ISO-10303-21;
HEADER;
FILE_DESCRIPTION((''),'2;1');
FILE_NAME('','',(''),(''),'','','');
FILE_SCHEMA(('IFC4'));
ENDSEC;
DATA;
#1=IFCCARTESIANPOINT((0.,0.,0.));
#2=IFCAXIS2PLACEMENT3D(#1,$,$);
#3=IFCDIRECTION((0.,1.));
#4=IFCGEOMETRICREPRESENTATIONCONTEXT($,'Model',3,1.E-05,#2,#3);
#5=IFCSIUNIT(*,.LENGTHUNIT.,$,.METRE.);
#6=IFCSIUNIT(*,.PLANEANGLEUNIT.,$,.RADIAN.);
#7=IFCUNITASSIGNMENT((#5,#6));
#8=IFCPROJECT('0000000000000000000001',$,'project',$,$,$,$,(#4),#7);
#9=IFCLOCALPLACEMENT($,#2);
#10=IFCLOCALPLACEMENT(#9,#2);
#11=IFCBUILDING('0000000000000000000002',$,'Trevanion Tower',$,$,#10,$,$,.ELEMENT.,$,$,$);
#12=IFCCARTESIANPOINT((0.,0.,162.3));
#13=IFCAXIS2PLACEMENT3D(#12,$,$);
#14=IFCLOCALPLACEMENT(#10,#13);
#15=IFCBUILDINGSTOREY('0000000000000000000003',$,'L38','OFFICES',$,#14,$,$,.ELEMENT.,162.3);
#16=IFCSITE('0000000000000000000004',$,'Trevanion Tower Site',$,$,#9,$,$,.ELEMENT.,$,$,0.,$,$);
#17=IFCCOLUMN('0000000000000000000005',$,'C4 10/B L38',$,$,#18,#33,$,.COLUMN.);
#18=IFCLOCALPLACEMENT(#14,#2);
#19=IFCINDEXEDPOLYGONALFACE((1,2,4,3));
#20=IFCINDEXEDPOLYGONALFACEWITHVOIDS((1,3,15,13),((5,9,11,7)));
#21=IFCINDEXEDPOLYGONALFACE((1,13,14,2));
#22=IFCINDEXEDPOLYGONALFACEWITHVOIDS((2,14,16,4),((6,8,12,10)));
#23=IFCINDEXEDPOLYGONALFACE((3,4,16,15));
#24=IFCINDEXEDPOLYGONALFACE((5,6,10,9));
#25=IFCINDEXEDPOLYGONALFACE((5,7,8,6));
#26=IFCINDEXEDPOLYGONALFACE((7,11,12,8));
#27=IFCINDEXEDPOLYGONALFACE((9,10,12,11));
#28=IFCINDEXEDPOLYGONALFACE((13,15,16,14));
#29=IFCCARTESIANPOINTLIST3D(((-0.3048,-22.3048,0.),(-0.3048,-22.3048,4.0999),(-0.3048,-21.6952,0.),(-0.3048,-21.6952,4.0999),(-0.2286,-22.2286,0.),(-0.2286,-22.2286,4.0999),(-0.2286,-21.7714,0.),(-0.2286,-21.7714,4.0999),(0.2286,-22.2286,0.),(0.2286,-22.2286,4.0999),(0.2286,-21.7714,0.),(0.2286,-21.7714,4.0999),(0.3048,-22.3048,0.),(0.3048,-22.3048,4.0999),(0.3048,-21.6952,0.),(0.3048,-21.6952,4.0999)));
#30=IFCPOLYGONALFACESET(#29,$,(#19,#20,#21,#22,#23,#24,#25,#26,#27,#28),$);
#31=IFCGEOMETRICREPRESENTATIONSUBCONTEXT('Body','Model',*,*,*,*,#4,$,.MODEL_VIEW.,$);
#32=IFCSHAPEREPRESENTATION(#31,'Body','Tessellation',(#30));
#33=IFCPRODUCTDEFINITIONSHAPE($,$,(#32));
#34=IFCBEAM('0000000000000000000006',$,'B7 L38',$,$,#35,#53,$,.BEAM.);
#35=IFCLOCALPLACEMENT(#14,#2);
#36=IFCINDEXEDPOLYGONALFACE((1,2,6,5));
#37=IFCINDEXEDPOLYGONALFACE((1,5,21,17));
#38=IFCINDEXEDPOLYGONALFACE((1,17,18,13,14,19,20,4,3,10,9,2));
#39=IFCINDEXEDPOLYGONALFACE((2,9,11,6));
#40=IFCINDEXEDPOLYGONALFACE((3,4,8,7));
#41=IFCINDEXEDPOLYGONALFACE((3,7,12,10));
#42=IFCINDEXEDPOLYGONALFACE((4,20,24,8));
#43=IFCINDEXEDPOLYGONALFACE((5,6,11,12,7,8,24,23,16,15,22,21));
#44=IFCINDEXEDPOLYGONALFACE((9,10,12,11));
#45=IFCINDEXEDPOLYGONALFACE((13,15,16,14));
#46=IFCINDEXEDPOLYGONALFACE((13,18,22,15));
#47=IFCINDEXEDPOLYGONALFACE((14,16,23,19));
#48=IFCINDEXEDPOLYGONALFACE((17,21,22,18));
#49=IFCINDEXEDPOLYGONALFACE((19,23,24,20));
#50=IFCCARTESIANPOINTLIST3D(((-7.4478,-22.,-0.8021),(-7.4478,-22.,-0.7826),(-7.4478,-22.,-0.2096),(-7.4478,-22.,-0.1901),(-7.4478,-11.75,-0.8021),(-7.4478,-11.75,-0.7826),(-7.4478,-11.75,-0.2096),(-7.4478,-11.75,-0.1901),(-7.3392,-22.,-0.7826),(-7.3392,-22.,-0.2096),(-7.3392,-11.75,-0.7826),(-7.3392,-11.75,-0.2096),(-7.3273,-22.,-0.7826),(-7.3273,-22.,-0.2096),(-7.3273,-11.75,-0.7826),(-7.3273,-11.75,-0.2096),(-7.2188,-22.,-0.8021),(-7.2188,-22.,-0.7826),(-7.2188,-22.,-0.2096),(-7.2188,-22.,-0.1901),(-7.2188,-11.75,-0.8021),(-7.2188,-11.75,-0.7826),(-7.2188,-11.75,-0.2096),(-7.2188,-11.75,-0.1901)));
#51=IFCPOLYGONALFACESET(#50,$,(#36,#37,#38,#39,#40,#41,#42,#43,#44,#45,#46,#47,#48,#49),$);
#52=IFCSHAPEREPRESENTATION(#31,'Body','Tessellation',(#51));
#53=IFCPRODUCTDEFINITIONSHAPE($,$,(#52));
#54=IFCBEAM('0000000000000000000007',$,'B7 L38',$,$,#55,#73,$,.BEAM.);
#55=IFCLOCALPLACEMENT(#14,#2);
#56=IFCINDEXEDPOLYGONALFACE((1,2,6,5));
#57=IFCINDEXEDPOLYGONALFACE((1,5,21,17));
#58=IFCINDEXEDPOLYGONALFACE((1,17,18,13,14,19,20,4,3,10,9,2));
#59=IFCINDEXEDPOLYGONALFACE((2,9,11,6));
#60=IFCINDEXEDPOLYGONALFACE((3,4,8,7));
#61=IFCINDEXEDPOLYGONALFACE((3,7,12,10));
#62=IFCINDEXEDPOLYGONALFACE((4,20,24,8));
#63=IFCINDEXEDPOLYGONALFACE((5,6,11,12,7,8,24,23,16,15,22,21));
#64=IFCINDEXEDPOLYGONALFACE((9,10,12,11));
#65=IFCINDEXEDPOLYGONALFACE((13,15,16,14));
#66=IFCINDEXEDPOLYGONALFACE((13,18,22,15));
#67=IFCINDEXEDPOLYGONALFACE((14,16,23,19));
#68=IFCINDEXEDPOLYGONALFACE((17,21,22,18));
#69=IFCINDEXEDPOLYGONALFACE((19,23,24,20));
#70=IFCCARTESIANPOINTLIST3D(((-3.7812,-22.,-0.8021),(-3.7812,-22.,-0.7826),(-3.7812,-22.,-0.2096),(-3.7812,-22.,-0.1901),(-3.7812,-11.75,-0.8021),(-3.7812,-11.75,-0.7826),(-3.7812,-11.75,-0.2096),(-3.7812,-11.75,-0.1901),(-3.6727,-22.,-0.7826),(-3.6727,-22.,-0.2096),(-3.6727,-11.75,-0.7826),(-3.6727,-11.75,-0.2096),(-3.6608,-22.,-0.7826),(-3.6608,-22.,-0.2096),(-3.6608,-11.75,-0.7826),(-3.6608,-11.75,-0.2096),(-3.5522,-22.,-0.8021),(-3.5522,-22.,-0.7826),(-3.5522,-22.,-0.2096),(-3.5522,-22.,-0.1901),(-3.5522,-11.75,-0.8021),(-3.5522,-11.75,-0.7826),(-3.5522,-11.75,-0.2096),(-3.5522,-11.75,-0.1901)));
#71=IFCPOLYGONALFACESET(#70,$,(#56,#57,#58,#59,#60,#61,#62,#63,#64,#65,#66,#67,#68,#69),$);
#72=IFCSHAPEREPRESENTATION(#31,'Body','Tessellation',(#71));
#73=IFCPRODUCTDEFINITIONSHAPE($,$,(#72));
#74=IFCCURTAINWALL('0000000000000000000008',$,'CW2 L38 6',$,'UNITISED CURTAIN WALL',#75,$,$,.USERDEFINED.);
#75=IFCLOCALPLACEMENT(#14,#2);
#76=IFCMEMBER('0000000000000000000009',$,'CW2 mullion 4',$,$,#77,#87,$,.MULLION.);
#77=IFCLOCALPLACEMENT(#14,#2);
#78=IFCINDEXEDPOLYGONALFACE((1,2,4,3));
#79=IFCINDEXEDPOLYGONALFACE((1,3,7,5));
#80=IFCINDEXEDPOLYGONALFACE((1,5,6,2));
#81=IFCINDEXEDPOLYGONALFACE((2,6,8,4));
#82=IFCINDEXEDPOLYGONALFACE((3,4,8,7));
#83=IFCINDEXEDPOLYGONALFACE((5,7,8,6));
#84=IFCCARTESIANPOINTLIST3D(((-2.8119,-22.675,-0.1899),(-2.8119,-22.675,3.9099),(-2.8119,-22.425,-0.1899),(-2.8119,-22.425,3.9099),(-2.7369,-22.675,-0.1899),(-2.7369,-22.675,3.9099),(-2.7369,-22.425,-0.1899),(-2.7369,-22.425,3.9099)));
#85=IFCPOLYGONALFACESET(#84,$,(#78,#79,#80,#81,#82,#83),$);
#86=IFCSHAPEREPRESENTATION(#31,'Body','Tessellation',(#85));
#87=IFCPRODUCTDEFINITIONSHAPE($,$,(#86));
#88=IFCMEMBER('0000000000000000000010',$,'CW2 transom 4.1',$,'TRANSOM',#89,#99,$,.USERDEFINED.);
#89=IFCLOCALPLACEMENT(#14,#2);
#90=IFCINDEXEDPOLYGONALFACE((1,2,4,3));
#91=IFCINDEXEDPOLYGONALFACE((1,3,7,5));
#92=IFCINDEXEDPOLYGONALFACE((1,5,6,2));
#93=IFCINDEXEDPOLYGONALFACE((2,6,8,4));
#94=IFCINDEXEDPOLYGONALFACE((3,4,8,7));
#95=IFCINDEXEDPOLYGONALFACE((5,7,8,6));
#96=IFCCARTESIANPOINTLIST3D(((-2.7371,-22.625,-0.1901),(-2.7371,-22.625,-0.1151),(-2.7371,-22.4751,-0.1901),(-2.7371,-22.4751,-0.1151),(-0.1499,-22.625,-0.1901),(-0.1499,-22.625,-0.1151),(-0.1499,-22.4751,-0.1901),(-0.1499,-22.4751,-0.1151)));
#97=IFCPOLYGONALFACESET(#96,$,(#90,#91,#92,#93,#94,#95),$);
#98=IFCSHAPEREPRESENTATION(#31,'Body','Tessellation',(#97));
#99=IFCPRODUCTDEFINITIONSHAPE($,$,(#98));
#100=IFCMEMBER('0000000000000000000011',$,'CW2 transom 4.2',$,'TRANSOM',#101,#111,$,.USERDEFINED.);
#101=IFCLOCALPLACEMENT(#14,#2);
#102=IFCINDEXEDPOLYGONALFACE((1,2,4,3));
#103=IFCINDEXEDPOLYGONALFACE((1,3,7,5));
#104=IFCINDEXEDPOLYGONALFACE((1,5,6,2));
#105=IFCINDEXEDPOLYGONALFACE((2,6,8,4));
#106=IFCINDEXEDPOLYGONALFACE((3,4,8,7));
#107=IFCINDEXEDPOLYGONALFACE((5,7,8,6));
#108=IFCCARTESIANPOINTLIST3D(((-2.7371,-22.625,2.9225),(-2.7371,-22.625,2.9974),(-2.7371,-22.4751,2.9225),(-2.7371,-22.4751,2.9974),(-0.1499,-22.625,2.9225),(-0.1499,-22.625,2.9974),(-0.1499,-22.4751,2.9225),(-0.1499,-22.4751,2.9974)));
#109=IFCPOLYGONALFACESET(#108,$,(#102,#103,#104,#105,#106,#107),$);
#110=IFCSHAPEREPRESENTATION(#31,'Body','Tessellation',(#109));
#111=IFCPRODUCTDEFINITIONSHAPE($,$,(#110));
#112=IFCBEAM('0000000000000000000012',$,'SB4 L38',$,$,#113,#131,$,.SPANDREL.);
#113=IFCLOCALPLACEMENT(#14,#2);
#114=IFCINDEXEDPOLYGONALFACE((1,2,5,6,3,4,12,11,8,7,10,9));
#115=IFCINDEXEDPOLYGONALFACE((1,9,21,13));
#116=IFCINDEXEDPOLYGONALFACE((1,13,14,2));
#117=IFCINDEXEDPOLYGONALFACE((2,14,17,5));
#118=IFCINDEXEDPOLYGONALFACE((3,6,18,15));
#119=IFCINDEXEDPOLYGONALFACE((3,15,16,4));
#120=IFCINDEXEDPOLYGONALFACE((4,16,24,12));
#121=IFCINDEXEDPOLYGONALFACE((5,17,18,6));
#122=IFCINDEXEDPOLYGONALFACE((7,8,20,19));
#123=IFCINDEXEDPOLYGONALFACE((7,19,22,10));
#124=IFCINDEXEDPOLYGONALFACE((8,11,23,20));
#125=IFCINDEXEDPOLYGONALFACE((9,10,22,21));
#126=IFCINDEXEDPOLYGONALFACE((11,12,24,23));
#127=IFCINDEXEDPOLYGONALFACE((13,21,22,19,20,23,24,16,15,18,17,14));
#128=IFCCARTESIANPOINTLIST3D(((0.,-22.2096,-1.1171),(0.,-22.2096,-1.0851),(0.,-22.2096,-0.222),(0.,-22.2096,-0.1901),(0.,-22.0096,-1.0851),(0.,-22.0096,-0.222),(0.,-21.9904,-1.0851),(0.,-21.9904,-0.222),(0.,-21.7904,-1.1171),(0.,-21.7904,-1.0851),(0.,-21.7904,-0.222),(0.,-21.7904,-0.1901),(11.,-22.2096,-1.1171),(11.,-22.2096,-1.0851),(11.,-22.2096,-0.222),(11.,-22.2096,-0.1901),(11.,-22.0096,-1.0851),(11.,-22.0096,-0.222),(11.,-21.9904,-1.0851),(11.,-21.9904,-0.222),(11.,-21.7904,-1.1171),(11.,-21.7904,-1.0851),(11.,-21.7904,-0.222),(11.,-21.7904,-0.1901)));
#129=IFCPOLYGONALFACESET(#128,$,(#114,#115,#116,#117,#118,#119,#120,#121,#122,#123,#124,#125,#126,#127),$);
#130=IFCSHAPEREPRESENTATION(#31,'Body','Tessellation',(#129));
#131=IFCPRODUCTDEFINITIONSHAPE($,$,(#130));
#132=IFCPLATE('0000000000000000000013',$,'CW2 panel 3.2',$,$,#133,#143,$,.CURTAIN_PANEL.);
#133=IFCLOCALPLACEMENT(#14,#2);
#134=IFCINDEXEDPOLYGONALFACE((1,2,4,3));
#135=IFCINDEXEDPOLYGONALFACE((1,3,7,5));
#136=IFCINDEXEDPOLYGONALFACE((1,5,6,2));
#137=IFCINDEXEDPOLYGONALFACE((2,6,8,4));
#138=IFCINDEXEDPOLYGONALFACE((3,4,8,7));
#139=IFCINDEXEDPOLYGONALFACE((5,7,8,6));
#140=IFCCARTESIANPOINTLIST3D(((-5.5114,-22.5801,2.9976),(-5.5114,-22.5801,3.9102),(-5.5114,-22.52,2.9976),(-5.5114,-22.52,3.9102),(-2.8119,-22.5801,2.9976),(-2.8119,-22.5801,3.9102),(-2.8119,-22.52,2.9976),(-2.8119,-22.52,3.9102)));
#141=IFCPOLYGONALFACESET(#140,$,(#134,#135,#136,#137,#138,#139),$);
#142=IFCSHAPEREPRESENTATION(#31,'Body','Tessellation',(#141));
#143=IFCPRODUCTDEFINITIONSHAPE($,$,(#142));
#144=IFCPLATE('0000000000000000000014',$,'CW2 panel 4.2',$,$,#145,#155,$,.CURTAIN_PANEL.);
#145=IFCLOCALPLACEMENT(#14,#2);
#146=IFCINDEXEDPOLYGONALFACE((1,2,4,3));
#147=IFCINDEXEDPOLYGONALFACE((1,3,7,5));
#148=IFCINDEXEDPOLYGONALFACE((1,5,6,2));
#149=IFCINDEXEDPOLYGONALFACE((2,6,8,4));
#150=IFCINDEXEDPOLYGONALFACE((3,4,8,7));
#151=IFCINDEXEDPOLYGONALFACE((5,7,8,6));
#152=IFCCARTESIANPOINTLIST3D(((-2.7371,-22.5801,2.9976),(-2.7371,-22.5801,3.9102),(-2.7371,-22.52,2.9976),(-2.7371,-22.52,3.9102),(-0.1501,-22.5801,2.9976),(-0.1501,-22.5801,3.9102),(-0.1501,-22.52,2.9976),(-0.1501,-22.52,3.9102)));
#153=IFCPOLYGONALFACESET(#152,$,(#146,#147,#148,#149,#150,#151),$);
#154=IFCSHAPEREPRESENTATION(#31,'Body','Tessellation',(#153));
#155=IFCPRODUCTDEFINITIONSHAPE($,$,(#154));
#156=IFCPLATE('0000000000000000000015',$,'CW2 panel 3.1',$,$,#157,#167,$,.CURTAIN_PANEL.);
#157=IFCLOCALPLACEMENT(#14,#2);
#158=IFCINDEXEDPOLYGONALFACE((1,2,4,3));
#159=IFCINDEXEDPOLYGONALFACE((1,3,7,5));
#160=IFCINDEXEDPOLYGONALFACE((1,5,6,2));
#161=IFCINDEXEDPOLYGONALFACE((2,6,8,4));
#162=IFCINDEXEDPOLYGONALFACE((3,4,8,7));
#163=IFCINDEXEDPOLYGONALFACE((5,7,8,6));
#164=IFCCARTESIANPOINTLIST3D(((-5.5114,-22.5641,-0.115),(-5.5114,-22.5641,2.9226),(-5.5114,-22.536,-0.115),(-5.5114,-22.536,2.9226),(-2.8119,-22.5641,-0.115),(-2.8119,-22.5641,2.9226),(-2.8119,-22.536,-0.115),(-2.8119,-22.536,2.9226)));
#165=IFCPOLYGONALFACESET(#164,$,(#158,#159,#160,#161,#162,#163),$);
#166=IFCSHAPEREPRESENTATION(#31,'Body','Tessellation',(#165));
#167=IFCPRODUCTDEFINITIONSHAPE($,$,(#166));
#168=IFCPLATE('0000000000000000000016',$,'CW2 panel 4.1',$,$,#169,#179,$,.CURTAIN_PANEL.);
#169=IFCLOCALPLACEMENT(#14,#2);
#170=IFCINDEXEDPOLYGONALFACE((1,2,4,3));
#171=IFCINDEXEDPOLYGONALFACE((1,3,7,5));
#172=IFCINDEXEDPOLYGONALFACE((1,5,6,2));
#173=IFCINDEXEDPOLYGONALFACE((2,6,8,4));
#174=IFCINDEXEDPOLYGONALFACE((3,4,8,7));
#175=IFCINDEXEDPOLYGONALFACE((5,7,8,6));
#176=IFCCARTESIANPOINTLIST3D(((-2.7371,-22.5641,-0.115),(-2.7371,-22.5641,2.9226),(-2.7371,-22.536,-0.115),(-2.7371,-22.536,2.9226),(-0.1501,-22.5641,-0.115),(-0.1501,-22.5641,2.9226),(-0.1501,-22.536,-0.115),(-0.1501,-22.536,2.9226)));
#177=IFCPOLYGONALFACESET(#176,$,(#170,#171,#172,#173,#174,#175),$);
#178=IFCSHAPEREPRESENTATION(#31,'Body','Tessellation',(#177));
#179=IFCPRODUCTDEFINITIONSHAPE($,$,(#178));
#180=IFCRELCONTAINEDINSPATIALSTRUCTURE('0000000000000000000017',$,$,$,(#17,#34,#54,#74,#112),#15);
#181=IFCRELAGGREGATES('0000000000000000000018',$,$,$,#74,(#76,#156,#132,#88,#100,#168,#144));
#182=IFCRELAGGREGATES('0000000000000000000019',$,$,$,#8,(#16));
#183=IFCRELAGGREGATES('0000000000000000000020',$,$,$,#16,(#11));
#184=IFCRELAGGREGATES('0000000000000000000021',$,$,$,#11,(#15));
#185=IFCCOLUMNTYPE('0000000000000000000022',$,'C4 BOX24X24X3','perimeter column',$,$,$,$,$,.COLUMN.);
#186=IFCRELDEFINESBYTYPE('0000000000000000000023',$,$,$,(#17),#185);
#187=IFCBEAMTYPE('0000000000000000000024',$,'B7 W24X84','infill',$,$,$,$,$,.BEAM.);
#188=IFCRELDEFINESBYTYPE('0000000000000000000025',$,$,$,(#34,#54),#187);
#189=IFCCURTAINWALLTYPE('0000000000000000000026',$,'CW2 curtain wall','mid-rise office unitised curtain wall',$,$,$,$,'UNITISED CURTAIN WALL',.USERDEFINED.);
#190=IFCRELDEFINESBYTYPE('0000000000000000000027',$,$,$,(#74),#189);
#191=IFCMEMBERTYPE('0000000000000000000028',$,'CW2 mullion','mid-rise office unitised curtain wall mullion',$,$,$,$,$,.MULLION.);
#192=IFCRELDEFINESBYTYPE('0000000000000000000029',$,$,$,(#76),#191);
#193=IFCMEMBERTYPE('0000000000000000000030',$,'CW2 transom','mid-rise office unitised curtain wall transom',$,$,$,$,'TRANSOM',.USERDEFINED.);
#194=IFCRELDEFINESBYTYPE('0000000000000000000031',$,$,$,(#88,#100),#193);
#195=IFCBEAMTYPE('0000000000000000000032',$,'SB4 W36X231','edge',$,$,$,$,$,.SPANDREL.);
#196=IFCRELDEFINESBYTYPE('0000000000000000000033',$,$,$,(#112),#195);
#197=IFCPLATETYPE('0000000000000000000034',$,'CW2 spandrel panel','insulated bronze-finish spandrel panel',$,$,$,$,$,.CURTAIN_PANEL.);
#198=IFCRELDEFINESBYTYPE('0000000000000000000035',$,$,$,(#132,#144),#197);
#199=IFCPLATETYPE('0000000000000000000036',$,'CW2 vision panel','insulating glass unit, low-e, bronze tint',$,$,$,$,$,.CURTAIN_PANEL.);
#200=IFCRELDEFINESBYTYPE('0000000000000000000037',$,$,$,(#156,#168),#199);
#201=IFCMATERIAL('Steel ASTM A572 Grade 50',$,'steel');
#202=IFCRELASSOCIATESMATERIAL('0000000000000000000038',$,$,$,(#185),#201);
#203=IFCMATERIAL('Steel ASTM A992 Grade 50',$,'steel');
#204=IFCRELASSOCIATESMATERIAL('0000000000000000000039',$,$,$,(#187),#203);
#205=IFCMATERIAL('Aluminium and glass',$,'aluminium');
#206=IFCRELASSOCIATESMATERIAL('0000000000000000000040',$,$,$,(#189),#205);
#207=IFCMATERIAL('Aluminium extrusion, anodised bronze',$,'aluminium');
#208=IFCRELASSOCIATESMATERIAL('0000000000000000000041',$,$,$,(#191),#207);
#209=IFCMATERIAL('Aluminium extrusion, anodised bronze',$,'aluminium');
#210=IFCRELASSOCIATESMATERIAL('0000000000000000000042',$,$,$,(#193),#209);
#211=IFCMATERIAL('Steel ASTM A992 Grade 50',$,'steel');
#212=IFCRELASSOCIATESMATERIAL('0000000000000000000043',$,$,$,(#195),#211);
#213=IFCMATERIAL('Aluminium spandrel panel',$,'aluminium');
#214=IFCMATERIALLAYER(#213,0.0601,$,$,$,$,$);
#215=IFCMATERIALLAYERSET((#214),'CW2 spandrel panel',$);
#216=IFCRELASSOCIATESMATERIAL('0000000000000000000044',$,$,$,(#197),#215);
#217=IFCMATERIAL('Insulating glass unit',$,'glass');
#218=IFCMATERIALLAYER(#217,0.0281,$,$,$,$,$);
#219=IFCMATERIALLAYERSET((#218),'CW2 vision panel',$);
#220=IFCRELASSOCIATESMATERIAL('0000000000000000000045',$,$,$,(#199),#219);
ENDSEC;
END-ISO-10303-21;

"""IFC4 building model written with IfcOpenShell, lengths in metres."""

from ifc_helpers import new_model, si_unit, direction, frame, origin, origin_2d, place, context, subcontext, project, spatial, rectangle, hollow_rectangle, i_section, extrude, material, layer, layer_set, material_profile, profile_set, type_object, element, aggregate, save


model = new_model("IFC4")

# Units and contexts
model_context = context("Model", 3, precision=1e-05, world=origin(), true_north=direction((0.0, 1.0)))
body_context = subcontext(model_context, "Body", "Model", "MODEL_VIEW")
ifc_project = project(units=[si_unit("LENGTHUNIT", "METRE"), si_unit("PLANEANGLEUNIT", "RADIAN")], contexts=[model_context])

# Site, building, storey
site_placement = place(None, origin())
site = spatial("IfcSite", under=ifc_project, at=site_placement, Name="Trevanion Tower Site", CompositionType="ELEMENT", RefElevation=0.0)
building_placement = place(site_placement, origin())
building = spatial("IfcBuilding", under=site, at=building_placement, Name="Trevanion Tower", CompositionType="ELEMENT")
storey_placement = place(building_placement, frame((0.0, 0.0, 162.3)))
storey = spatial("IfcBuildingStorey", under=building, at=storey_placement, Name="L38", Description="OFFICES", CompositionType="ELEMENT", Elevation=162.3)

# Column
ifc_material_1 = material(Name="Steel ASTM A572 Grade 50", Category="steel")
ifc_material_profile_1 = material_profile(ifc_material_1, hollow_rectangle(XDim=0.6096, YDim=0.6096, WallThickness=0.0762, at=origin_2d()), Name="BOX24X24X3")
ifc_profile_set_1 = profile_set([ifc_material_profile_1], Name="Steel ASTM A572 Grade 50")
column_type = type_object("IfcColumnType", Name="C4 BOX24X24X3", Description="perimeter column", PredefinedType="COLUMN", material=ifc_profile_set_1)
column_placement = place(storey_placement, frame((0.0, -22.0, 0.0), z_axis=(0.0, 0.0, 1.0), x_axis=(1.0, 0.0, 0.0)))
element("IfcColumn", 1, at=column_placement, inside=storey, type_object=column_type, Name="C4 10/B L38", PredefinedType="COLUMN", context=body_context, shape_type="SweptSolid", body=[
    extrude(hollow_rectangle(XDim=0.6096, YDim=0.6096, WallThickness=0.0762, at=origin_2d()), origin(), (0.0, 0.0, 1.0), 4.0999),
])

# Beams
ifc_material_2 = material(Name="Steel ASTM A992 Grade 50", Category="steel")
ifc_material_profile_2 = material_profile(ifc_material_2, i_section(OverallWidth=0.229, OverallDepth=0.6121, WebThickness=0.012, FlangeThickness=0.0195, at=origin_2d()), Name="W24X84")
ifc_profile_set_2 = profile_set([ifc_material_profile_2], Name="Steel ASTM A992 Grade 50")
beam_type_1 = type_object("IfcBeamType", Name="B7 W24X84", Description="infill", PredefinedType="BEAM", material=ifc_profile_set_2)
for number, where, z_axis, x_axis, name in (
    (2, (-7.3333, -11.75, -0.4961), (0.0, -1.0, 0.0), (1.0, 0.0, 0.0), "B7 L38"),
    (3, (-3.6667, -11.75, -0.4961), (0.0, -1.0, 0.0), (1.0, 0.0, 0.0), "B7 L38"),
):
    element("IfcBeam", number, at=place(storey_placement, frame(where, z_axis=z_axis, x_axis=x_axis)), inside=storey, type_object=beam_type_1, Name=name, PredefinedType="BEAM", context=body_context, shape_type="SweptSolid", body=[
        extrude(i_section(OverallWidth=0.229, OverallDepth=0.6121, WebThickness=0.012, FlangeThickness=0.0195, at=origin_2d()), origin(), (0.0, 0.0, 1.0), 10.25),
    ])

# Curtain wall, members
ifc_material_3 = material(Name="Aluminium and glass", Category="aluminium")
curtain_wall_type = type_object("IfcCurtainWallType", Name="CW2 curtain wall", Description="mid-rise office unitised curtain wall", ElementType="UNITISED CURTAIN WALL", PredefinedType="USERDEFINED", material=ifc_material_3)
curtain_wall_placement = place(storey_placement, origin())
curtain_wall = element("IfcCurtainWall", 4, at=curtain_wall_placement, inside=storey, type_object=curtain_wall_type, Name="CW2 L38 6", ObjectType="UNITISED CURTAIN WALL", PredefinedType="USERDEFINED")
ifc_material_4 = material(Name="Aluminium extrusion, anodised bronze", Category="aluminium")
ifc_material_profile_3 = material_profile(ifc_material_4, rectangle(XDim=0.075, YDim=0.25, at=origin_2d()), Name="CW2 mullion")
ifc_profile_set_3 = profile_set([ifc_material_profile_3], Name="Aluminium extrusion, anodised bronze")
member_type_1 = type_object("IfcMemberType", Name="CW2 mullion", Description="mid-rise office unitised curtain wall mullion", PredefinedType="MULLION", material=ifc_profile_set_3)
member_1_placement = place(storey_placement, frame((-2.7744, -22.55, -0.1899), z_axis=(0.0, 0.0, 1.0), x_axis=(1.0, 0.0, 0.0)))
member_1 = element("IfcMember", 5, at=member_1_placement, type_object=member_type_1, Name="CW2 mullion 4", PredefinedType="MULLION", context=body_context, shape_type="SweptSolid", body=[
    extrude(rectangle(XDim=0.075, YDim=0.25, at=origin_2d()), origin(), (0.0, 0.0, 1.0), 4.0999),
])
ifc_material_5 = material(Name="Aluminium extrusion, anodised bronze", Category="aluminium")
ifc_material_profile_4 = material_profile(ifc_material_5, rectangle(XDim=0.1499, YDim=0.075, at=origin_2d()), Name="CW2 transom")
ifc_profile_set_4 = profile_set([ifc_material_profile_4], Name="Aluminium extrusion, anodised bronze")
member_type_2 = type_object("IfcMemberType", Name="CW2 transom", Description="mid-rise office unitised curtain wall transom", ElementType="TRANSOM", PredefinedType="USERDEFINED", material=ifc_profile_set_4)
member_2_placement = place(storey_placement, frame((-2.7371, -22.55, -0.1526), z_axis=(1.0, 0.0, 0.0), x_axis=(0.0, 1.0, 0.0)))
member_2 = element("IfcMember", 6, at=member_2_placement, type_object=member_type_2, Name="CW2 transom 4.1", ObjectType="TRANSOM", PredefinedType="USERDEFINED", context=body_context, shape_type="SweptSolid", body=[
    extrude(rectangle(XDim=0.1499, YDim=0.075, at=origin_2d()), origin(), (0.0, 0.0, 1.0), 2.5872),
])
member_3_placement = place(storey_placement, frame((-2.7371, -22.55, 2.96), z_axis=(1.0, 0.0, 0.0), x_axis=(0.0, 1.0, 0.0)))
member_3 = element("IfcMember", 7, at=member_3_placement, type_object=member_type_2, Name="CW2 transom 4.2", ObjectType="TRANSOM", PredefinedType="USERDEFINED", context=body_context, shape_type="SweptSolid", body=[
    extrude(rectangle(XDim=0.1499, YDim=0.075, at=origin_2d()), origin(), (0.0, 0.0, 1.0), 2.5872),
])

# Beam
ifc_material_6 = material(Name="Steel ASTM A992 Grade 50", Category="steel")
ifc_material_profile_5 = material_profile(ifc_material_6, i_section(OverallWidth=0.4192, OverallDepth=0.927, WebThickness=0.0193, FlangeThickness=0.032, at=origin_2d()), Name="W36X231")
ifc_profile_set_5 = profile_set([ifc_material_profile_5], Name="Steel ASTM A992 Grade 50")
beam_type_2 = type_object("IfcBeamType", Name="SB4 W36X231", Description="edge", PredefinedType="SPANDREL", material=ifc_profile_set_5)
beam_placement = place(storey_placement, frame((0.0, -22.0, -0.6536), z_axis=(1.0, 0.0, 0.0), x_axis=(0.0, 1.0, 0.0)))
element("IfcBeam", 8, at=beam_placement, inside=storey, type_object=beam_type_2, Name="SB4 L38", PredefinedType="SPANDREL", context=body_context, shape_type="SweptSolid", body=[
    extrude(i_section(OverallWidth=0.4192, OverallDepth=0.927, WebThickness=0.0193, FlangeThickness=0.032, at=origin_2d()), origin(), (0.0, 0.0, 1.0), 11.0),
])

# Plates
ifc_material_7 = material(Name="Aluminium spandrel panel", Category="aluminium")
ifc_layer_1 = layer(ifc_material_7, 0.0601)
ifc_layer_set_1 = layer_set([ifc_layer_1], Name="CW2 spandrel panel")
plate_type_1 = type_object("IfcPlateType", Name="CW2 spandrel panel", Description="insulated bronze-finish spandrel panel", PredefinedType="CURTAIN_PANEL", material=ifc_layer_set_1)
plate_1_placement = place(storey_placement, frame((-4.1616, -22.55, 2.9976), z_axis=(0.0, 0.0, 1.0), x_axis=(1.0, 0.0, 0.0)))
plate_1 = element("IfcPlate", 9, at=plate_1_placement, type_object=plate_type_1, Name="CW2 panel 3.2", PredefinedType="CURTAIN_PANEL", context=body_context, shape_type="SweptSolid", body=[
    extrude(rectangle(XDim=2.6995, YDim=0.0601, at=origin_2d()), origin(), (0.0, 0.0, 1.0), 0.9126),
])
plate_2_placement = place(storey_placement, frame((-1.4436, -22.55, 2.9976), z_axis=(0.0, 0.0, 1.0), x_axis=(1.0, 0.0, 0.0)))
plate_2 = element("IfcPlate", 10, at=plate_2_placement, type_object=plate_type_1, Name="CW2 panel 4.2", PredefinedType="CURTAIN_PANEL", context=body_context, shape_type="SweptSolid", body=[
    extrude(rectangle(XDim=2.5869, YDim=0.0601, at=origin_2d()), origin(), (0.0, 0.0, 1.0), 0.9126),
])
ifc_material_8 = material(Name="Insulating glass unit", Category="glass")
ifc_layer_2 = layer(ifc_material_8, 0.0281)
ifc_layer_set_2 = layer_set([ifc_layer_2], Name="CW2 vision panel")
plate_type_2 = type_object("IfcPlateType", Name="CW2 vision panel", Description="insulating glass unit, low-e, bronze tint", PredefinedType="CURTAIN_PANEL", material=ifc_layer_set_2)
plate_3_placement = place(storey_placement, frame((-4.1616, -22.55, -0.115), z_axis=(0.0, 0.0, 1.0), x_axis=(1.0, 0.0, 0.0)))
plate_3 = element("IfcPlate", 11, at=plate_3_placement, type_object=plate_type_2, Name="CW2 panel 3.1", PredefinedType="CURTAIN_PANEL", context=body_context, shape_type="SweptSolid", body=[
    extrude(rectangle(XDim=2.6995, YDim=0.0281, at=origin_2d()), origin(), (0.0, 0.0, 1.0), 3.0376),
])
plate_4_placement = place(storey_placement, frame((-1.4436, -22.55, -0.115), z_axis=(0.0, 0.0, 1.0), x_axis=(1.0, 0.0, 0.0)))
plate_4 = element("IfcPlate", 12, at=plate_4_placement, type_object=plate_type_2, Name="CW2 panel 4.1", PredefinedType="CURTAIN_PANEL", context=body_context, shape_type="SweptSolid", body=[
    extrude(rectangle(XDim=2.5869, YDim=0.0281, at=origin_2d()), origin(), (0.0, 0.0, 1.0), 3.0376),
])
aggregate(curtain_wall, [member_1, plate_3, plate_1, member_2, member_3, plate_4, plate_2])

save(model, "model.ifc")
